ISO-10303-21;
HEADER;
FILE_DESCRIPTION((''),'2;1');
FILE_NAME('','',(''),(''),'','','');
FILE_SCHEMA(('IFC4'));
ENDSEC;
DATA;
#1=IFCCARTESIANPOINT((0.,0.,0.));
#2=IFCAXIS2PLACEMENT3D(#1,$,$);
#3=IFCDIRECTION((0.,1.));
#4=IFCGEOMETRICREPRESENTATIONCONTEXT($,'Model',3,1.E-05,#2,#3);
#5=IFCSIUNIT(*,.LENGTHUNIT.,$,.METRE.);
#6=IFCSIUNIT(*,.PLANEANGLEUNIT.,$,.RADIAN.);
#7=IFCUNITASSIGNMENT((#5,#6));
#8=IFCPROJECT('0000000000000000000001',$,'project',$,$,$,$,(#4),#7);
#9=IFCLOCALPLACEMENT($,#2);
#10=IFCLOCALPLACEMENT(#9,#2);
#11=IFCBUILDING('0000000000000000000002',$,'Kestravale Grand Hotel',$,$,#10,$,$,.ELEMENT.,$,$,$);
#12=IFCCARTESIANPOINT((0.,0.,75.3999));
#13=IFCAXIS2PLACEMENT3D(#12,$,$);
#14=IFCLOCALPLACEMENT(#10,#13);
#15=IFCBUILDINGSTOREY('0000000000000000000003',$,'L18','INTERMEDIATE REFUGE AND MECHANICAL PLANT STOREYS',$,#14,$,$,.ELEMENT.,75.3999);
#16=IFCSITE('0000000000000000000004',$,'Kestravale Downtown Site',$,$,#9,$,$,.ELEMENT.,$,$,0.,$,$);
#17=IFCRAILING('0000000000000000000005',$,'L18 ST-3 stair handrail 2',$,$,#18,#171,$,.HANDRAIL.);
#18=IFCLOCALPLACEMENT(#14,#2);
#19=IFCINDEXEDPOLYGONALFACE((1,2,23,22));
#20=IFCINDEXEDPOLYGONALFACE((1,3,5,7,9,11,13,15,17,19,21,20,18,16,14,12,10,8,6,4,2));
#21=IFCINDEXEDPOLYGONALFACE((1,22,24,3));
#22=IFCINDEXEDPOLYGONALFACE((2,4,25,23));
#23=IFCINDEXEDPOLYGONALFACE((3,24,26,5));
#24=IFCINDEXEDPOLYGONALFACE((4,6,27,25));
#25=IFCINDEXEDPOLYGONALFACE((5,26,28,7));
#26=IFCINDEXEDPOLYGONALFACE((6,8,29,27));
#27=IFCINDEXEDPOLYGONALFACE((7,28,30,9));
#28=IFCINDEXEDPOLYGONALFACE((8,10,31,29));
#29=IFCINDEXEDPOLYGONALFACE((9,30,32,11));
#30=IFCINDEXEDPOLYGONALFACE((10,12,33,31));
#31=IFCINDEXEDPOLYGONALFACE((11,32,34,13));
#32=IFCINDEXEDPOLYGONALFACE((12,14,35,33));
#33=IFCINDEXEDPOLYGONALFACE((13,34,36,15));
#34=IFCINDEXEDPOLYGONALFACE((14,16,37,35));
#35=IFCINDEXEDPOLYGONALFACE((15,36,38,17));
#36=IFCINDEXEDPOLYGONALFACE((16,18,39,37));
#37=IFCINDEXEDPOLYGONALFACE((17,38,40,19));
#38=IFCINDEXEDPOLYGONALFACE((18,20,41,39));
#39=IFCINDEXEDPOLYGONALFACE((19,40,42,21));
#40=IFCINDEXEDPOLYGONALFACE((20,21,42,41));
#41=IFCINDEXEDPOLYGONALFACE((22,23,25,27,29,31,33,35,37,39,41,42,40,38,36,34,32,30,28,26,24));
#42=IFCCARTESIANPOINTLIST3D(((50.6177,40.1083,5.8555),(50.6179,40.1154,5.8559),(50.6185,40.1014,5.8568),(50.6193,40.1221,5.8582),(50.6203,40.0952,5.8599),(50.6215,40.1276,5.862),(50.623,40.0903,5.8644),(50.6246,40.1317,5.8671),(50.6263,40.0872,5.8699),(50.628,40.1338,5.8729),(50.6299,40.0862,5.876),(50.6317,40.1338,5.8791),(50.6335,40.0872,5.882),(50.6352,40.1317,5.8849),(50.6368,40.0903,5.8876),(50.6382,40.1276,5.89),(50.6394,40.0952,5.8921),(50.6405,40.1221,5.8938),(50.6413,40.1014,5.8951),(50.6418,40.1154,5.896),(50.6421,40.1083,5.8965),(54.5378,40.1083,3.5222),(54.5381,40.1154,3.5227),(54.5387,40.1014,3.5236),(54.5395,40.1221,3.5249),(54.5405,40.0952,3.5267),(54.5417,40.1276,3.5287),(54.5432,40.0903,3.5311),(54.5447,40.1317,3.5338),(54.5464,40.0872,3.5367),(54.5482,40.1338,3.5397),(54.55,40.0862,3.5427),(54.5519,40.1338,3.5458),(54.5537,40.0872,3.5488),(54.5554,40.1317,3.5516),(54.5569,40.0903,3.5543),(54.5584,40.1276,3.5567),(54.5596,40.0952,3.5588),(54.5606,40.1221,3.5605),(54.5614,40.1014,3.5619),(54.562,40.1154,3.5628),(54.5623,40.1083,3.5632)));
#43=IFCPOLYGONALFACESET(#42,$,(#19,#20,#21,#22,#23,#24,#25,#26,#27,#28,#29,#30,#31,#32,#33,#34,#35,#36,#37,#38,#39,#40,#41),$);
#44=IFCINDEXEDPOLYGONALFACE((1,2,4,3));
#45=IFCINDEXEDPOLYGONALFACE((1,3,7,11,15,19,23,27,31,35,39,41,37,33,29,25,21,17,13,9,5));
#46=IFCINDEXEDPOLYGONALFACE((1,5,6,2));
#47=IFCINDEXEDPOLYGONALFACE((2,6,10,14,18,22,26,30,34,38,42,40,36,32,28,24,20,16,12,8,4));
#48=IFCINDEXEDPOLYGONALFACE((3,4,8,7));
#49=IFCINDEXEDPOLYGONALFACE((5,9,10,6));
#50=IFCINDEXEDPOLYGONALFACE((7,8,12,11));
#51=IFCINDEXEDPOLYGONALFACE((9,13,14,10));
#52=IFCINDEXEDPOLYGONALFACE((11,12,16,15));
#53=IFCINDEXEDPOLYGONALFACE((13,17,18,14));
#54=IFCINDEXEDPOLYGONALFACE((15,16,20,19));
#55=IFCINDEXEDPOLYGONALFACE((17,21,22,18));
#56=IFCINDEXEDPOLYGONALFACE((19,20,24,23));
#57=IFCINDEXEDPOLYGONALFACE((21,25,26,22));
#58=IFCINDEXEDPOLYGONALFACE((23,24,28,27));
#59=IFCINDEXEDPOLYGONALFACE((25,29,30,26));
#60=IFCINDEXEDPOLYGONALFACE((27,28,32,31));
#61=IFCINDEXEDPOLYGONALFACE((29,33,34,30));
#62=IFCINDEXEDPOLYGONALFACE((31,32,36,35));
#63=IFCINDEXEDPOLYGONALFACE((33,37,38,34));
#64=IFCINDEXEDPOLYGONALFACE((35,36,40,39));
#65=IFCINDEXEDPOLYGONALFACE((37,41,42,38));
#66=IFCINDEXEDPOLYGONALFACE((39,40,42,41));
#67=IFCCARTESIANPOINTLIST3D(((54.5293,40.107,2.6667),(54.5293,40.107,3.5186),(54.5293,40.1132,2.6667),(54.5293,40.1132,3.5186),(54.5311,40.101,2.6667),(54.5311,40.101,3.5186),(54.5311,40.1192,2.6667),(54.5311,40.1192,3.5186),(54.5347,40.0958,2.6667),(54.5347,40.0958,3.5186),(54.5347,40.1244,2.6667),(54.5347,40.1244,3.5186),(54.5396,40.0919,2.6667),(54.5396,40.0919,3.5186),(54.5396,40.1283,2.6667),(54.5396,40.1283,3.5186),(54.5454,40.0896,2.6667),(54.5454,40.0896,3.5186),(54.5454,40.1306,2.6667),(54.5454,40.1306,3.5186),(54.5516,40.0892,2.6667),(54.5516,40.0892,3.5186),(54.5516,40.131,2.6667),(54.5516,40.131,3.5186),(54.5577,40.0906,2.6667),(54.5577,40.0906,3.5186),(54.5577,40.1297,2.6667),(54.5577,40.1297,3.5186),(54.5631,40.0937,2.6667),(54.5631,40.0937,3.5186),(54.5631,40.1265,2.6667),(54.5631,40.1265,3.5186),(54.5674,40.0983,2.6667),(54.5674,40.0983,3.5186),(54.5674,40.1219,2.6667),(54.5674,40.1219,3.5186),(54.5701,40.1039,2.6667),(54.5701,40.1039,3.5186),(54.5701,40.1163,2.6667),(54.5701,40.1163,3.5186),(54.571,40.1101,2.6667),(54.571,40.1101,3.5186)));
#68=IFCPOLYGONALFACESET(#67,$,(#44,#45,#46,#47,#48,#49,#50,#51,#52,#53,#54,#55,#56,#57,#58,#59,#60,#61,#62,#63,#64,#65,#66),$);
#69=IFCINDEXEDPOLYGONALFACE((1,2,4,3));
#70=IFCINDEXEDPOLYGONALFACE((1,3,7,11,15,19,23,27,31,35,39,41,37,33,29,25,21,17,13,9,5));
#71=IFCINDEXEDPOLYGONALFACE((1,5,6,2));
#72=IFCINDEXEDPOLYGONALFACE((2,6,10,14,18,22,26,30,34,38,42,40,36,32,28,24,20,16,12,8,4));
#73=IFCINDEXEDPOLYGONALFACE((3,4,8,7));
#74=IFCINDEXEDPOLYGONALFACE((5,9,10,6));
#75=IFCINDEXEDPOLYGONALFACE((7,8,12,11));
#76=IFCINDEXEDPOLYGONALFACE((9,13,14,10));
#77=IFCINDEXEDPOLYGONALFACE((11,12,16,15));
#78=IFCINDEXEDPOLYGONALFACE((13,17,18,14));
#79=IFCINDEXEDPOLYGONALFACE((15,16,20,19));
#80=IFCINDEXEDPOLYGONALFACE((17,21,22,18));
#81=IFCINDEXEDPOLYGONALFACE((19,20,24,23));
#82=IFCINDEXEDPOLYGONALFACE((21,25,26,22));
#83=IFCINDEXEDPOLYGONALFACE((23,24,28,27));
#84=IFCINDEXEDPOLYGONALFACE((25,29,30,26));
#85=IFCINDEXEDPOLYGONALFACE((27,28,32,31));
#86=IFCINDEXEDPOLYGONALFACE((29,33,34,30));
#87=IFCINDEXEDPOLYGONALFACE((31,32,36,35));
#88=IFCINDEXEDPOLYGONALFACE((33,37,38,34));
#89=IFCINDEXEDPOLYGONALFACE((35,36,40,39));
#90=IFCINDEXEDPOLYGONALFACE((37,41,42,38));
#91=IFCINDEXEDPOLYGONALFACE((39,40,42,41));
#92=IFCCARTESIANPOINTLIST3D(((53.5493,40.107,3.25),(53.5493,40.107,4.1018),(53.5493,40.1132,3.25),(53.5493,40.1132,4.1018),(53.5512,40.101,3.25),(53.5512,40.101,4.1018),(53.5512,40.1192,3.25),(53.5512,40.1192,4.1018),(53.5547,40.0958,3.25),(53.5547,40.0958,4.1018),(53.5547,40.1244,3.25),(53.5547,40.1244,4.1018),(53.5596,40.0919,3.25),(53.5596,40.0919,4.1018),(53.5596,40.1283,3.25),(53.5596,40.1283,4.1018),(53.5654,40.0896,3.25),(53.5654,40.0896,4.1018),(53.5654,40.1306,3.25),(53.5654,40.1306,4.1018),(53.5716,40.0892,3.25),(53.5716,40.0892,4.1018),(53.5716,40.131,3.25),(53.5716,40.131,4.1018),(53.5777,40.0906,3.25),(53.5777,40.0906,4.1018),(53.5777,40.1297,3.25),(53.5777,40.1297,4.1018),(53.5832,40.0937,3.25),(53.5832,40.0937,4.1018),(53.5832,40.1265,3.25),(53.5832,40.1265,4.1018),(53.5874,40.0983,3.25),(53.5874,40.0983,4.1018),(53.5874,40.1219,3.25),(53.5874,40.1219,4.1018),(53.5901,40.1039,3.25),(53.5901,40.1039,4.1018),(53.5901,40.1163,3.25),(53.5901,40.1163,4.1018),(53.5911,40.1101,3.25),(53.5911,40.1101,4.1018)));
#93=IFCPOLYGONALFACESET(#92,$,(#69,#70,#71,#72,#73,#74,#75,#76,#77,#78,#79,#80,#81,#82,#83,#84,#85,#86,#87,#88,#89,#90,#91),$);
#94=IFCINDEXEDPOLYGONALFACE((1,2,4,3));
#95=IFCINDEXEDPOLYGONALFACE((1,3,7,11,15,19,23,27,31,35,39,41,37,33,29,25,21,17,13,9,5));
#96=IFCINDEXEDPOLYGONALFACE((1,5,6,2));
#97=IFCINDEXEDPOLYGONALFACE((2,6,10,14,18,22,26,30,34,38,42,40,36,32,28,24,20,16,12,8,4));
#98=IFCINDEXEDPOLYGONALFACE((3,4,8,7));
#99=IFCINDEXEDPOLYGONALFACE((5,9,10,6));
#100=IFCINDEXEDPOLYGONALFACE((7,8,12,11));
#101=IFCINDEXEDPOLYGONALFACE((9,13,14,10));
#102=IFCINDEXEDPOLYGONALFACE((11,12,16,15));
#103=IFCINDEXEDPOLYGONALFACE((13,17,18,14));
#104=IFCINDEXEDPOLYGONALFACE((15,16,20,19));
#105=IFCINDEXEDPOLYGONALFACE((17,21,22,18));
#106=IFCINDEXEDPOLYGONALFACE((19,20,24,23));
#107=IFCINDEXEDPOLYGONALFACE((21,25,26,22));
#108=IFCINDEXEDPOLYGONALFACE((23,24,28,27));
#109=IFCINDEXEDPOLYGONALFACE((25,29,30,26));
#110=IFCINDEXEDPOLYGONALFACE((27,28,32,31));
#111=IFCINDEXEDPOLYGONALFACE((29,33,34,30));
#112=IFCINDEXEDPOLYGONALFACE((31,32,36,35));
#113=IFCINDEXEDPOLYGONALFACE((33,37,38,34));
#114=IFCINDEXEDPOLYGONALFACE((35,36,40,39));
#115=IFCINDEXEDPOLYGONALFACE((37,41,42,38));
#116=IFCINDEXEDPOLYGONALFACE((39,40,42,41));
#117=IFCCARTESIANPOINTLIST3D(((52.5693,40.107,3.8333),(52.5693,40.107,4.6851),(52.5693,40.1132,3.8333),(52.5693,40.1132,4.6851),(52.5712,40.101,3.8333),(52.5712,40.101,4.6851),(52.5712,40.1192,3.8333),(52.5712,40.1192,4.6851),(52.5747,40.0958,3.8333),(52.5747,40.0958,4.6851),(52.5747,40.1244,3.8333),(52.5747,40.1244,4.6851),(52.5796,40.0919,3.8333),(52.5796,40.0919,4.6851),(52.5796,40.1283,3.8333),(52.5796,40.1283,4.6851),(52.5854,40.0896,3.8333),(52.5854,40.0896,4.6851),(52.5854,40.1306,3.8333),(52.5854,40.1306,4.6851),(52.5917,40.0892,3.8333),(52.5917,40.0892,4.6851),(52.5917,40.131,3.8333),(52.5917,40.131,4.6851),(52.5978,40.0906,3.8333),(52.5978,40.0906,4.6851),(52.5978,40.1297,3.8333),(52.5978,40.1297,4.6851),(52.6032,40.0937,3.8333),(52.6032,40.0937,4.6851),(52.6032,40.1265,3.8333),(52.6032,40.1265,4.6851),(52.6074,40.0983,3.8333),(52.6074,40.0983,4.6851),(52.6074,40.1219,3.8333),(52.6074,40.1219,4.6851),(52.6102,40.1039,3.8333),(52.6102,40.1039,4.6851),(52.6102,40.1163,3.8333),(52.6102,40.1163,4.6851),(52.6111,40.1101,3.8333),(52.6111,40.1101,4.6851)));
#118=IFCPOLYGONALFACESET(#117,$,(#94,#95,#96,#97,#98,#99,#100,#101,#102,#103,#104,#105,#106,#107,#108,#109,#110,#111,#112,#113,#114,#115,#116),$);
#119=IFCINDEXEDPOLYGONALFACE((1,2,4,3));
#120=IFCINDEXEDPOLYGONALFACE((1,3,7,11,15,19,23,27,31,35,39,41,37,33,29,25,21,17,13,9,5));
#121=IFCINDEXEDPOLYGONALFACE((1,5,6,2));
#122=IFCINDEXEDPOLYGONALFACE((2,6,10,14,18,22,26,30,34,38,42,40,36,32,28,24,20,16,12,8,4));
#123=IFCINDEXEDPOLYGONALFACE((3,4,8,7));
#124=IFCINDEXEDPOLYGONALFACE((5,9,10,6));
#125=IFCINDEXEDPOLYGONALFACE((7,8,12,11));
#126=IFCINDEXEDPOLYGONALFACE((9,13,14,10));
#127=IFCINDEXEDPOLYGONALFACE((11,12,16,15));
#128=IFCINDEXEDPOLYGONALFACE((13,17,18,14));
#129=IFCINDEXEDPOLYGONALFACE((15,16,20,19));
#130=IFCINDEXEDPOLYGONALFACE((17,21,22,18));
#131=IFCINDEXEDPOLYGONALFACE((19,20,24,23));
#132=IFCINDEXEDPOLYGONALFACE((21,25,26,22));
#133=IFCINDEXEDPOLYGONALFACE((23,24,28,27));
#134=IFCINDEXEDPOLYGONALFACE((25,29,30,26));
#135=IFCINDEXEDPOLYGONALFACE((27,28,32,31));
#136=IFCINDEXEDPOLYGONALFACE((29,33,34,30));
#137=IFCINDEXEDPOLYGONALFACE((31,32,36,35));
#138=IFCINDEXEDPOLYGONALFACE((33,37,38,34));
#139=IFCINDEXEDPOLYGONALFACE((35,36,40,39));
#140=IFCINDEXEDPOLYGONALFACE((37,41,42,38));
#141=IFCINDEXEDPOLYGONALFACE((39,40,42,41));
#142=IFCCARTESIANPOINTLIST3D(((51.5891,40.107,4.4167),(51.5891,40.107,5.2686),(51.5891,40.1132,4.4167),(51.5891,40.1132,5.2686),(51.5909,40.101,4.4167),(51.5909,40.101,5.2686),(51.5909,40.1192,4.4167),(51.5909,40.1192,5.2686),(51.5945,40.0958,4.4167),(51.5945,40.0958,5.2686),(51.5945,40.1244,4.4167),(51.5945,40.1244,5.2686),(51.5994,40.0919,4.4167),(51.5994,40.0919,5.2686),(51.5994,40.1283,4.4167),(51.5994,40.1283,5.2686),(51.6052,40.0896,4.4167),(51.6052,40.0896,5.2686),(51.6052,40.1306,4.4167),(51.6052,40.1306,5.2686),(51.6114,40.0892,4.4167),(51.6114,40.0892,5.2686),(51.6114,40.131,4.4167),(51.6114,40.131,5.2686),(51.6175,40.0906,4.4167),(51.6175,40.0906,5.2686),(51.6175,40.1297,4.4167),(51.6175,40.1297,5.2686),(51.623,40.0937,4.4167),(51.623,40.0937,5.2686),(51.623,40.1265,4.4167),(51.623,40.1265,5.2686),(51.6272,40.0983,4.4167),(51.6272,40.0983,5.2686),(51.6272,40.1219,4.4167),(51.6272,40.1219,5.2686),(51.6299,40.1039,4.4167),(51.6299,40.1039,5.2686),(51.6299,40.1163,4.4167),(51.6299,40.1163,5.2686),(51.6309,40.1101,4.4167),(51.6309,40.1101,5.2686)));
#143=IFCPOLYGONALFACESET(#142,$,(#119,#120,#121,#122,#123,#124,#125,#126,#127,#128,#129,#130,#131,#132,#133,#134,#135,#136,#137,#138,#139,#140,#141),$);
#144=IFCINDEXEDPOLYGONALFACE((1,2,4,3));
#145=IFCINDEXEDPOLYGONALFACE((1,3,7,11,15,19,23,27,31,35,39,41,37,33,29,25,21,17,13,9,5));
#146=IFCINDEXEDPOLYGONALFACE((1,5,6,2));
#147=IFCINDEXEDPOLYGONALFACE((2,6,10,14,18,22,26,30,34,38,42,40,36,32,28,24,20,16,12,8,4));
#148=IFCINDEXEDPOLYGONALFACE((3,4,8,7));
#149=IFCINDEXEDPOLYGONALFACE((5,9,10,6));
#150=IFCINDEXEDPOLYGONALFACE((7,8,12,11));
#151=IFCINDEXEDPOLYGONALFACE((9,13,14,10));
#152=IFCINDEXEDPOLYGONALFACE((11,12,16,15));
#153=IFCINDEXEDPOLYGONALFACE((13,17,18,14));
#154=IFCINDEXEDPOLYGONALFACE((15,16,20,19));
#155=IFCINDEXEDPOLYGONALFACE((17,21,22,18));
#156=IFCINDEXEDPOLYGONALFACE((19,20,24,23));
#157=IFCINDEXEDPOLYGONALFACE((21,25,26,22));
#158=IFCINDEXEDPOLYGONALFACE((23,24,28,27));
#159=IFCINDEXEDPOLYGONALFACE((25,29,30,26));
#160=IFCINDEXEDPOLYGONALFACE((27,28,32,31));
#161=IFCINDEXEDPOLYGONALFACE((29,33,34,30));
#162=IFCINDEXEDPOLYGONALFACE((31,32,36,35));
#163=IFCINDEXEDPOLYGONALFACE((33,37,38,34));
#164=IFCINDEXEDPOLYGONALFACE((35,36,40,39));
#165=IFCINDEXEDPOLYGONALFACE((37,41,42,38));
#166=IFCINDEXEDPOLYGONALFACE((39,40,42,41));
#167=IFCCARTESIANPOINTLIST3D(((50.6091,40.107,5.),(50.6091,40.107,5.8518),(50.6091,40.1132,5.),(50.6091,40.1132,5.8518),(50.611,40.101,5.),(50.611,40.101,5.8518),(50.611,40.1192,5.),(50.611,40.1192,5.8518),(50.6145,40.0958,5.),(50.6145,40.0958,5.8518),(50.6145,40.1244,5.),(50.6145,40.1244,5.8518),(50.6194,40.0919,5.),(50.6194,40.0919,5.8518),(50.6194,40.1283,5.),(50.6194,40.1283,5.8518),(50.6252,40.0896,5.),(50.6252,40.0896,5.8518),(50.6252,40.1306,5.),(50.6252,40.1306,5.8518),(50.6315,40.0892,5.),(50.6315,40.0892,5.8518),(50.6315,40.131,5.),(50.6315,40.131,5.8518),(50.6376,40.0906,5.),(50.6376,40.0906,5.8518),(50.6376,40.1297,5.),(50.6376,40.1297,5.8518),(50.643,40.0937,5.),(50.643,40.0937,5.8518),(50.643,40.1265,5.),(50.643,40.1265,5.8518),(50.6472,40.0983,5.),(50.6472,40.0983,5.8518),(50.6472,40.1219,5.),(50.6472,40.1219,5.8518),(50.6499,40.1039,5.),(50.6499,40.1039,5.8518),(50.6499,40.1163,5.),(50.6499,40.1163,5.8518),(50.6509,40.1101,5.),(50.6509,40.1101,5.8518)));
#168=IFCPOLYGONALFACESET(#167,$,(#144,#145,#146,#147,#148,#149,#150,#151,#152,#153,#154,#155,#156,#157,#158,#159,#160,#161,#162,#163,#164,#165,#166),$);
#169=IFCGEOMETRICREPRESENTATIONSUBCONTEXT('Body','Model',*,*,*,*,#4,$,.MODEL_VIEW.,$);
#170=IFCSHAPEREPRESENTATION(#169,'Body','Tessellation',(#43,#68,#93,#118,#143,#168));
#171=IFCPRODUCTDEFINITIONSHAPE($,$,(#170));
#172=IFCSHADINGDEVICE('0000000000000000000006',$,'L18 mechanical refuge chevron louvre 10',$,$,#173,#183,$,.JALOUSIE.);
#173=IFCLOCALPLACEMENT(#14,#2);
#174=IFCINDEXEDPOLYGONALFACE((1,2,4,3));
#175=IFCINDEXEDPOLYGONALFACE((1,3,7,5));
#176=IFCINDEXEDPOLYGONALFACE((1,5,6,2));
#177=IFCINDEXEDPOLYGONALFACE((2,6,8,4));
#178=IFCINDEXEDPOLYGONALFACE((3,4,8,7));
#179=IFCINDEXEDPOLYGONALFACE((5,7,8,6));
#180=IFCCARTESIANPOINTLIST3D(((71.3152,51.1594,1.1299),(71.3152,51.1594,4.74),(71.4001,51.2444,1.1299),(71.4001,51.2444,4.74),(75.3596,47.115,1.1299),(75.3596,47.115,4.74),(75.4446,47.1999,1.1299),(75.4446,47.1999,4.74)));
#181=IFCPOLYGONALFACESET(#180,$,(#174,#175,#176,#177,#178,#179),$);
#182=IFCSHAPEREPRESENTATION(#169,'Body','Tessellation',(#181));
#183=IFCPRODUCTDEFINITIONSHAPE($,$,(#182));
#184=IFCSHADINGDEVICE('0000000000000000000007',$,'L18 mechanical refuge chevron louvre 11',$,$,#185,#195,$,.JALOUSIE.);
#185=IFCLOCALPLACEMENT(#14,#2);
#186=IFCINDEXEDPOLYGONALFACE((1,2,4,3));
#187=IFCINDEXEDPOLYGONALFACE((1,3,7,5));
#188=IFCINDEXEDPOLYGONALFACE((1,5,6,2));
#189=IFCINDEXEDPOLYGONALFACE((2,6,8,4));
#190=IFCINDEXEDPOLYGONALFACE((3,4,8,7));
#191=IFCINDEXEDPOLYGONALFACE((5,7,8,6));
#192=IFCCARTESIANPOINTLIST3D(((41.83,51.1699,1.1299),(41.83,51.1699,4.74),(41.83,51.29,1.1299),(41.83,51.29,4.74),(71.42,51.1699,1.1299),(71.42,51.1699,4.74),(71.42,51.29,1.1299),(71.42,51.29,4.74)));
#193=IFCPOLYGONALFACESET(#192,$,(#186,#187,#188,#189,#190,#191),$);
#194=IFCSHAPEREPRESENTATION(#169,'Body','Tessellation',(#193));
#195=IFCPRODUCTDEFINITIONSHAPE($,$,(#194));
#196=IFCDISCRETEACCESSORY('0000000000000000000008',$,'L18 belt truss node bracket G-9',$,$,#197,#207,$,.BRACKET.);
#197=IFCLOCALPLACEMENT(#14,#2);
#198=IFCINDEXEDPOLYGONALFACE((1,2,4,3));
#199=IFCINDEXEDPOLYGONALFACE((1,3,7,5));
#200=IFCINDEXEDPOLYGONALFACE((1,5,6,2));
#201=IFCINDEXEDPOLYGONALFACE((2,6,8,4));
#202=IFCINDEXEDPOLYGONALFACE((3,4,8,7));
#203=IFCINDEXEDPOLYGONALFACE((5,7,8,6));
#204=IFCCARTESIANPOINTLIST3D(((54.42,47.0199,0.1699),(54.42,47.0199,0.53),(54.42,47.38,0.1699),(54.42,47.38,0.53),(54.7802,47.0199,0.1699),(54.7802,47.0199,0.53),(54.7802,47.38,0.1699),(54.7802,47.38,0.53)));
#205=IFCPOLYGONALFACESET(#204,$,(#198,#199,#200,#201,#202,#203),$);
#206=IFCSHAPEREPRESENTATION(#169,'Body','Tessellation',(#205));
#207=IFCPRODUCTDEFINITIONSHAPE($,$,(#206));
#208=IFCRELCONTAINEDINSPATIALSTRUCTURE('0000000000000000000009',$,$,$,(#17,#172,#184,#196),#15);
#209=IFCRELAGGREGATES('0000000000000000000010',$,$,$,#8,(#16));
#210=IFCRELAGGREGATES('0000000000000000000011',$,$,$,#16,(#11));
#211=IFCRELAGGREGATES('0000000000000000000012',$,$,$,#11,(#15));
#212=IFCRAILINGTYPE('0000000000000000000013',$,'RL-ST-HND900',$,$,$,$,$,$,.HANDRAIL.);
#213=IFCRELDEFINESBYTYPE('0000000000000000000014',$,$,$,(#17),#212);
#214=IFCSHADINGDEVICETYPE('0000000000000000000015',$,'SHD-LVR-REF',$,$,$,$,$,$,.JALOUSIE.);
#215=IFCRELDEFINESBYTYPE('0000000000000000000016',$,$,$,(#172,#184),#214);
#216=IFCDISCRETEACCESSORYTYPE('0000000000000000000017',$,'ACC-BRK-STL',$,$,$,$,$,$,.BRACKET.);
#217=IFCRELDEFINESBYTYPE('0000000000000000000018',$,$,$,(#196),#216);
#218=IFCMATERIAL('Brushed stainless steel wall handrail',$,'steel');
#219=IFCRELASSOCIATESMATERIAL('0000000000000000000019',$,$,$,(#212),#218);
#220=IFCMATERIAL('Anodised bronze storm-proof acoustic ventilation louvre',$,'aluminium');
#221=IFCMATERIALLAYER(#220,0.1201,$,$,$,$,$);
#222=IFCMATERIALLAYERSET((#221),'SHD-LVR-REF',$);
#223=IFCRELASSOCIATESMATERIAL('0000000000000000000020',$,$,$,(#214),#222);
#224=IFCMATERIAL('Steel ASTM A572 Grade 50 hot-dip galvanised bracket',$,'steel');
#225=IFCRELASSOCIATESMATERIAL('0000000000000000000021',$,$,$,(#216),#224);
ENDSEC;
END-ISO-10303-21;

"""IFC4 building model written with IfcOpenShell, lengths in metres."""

from ifc_helpers import new_model, si_unit, direction, frame, origin, origin_2d, place, context, subcontext, project, spatial, rectangle, circle, extrude, material, layer, layer_set, type_object, element, save


model = new_model("IFC4")

# Units and contexts
model_context = context("Model", 3, precision=1e-05, world=origin(), true_north=direction((0.0, 1.0)))
body_context = subcontext(model_context, "Body", "Model", "MODEL_VIEW")
ifc_project = project(units=[si_unit("LENGTHUNIT", "METRE"), si_unit("PLANEANGLEUNIT", "RADIAN")], contexts=[model_context])

# Site, building, storey
site_placement = place(None, origin())
site = spatial("IfcSite", under=ifc_project, at=site_placement, Name="Kestravale Downtown Site", CompositionType="ELEMENT", RefElevation=0.0)
building_placement = place(site_placement, origin())
building = spatial("IfcBuilding", under=site, at=building_placement, Name="Kestravale Grand Hotel", CompositionType="ELEMENT")
storey_placement = place(building_placement, frame((0.0, 0.0, 75.3999)))
storey = spatial("IfcBuildingStorey", under=building, at=storey_placement, Name="L18", Description="INTERMEDIATE REFUGE AND MECHANICAL PLANT STOREYS", CompositionType="ELEMENT", Elevation=75.3999)

# Railing
ifc_material_1 = material(Name="Brushed stainless steel wall handrail", Category="steel")
railing_type = type_object("IfcRailingType", Name="RL-ST-HND900", PredefinedType="HANDRAIL", material=ifc_material_1)
railing_placement = place(storey_placement, frame((54.55, 40.1101, 2.6667)))
element("IfcRailing", 1, at=railing_placement, inside=storey, type_object=railing_type, Name="L18 ST-3 stair handrail 2", PredefinedType="HANDRAIL", context=body_context, shape_type="SweptSolid", body=[
    extrude(circle(Radius=0.0239, at=origin_2d()), frame((0.0, 0.0, 0.876), z_axis=(-0.85931, 0.0, 0.511455), x_axis=(0.0, -1.0, 0.0)), (0.0, 0.0, 1.0), 4.562),
    extrude(circle(Radius=0.021, at=origin_2d()), origin(), (0.0, 0.0, 1.0), 0.8518),
    extrude(circle(Radius=0.021, at=origin_2d()), frame((-0.98, 0.0, 0.5833)), (0.0, 0.0, 1.0), 0.8518),
    extrude(circle(Radius=0.021, at=origin_2d()), frame((-1.96, 0.0, 1.1665)), (0.0, 0.0, 1.0), 0.8518),
    extrude(circle(Radius=0.021, at=origin_2d()), frame((-2.9402, 0.0, 1.75)), (0.0, 0.0, 1.0), 0.8518),
    extrude(circle(Radius=0.021, at=origin_2d()), frame((-3.9202, 0.0, 2.3333)), (0.0, 0.0, 1.0), 0.8518),
])

# Shading devices
ifc_material_2 = material(Name="Anodised bronze storm-proof acoustic ventilation louvre", Category="aluminium")
ifc_layer_1 = layer(ifc_material_2, 0.1201)
ifc_layer_set_1 = layer_set([ifc_layer_1], Name="SHD-LVR-REF")
shading_device_type = type_object("IfcShadingDeviceType", Name="SHD-LVR-REF", PredefinedType="JALOUSIE", material=ifc_layer_set_1)
shading_device_1_placement = place(storey_placement, frame((73.3799, 49.1797, 1.1299), z_axis=(0.0, 0.0, 1.0), x_axis=(-0.707107, 0.707107, 0.0)))
element("IfcShadingDevice", 2, at=shading_device_1_placement, inside=storey, type_object=shading_device_type, Name="L18 mechanical refuge chevron louvre 10", PredefinedType="JALOUSIE", context=body_context, shape_type="SweptSolid", body=[
    extrude(rectangle(XDim=5.7197, YDim=0.1201, at=origin_2d()), origin(), (0.0, 0.0, 1.0), 3.6101),
])
shading_device_2_placement = place(storey_placement, frame((56.625, 51.23, 1.1299), z_axis=(0.0, 0.0, 1.0), x_axis=(-1.0, 0.0, 0.0)))
element("IfcShadingDevice", 3, at=shading_device_2_placement, inside=storey, type_object=shading_device_type, Name="L18 mechanical refuge chevron louvre 11", PredefinedType="JALOUSIE", context=body_context, shape_type="SweptSolid", body=[
    extrude(rectangle(XDim=29.5901, YDim=0.1201, at=origin_2d()), origin(), (0.0, 0.0, 1.0), 3.6101),
])

# Discrete accessory
ifc_material_3 = material(Name="Steel ASTM A572 Grade 50 hot-dip galvanised bracket", Category="steel")
discrete_accessory_type = type_object("IfcDiscreteAccessoryType", Name="ACC-BRK-STL", PredefinedType="BRACKET", material=ifc_material_3)
for number, where, z_axis, x_axis, name in (
    (4, (54.6001, 47.2, 0.1699), (0.0, 0.0, 1.0), (1.0, 0.0, 0.0), "L18 belt truss node bracket G-9"),
):
    element("IfcDiscreteAccessory", number, at=place(storey_placement, frame(where, z_axis=z_axis, x_axis=x_axis)), inside=storey, type_object=discrete_accessory_type, Name=name, PredefinedType="BRACKET", context=body_context, shape_type="SweptSolid", body=[
        extrude(rectangle(XDim=0.3601, YDim=0.3601, at=origin_2d()), origin(), (0.0, 0.0, 1.0), 0.3601),
    ])

save(model, "model.ifc")
